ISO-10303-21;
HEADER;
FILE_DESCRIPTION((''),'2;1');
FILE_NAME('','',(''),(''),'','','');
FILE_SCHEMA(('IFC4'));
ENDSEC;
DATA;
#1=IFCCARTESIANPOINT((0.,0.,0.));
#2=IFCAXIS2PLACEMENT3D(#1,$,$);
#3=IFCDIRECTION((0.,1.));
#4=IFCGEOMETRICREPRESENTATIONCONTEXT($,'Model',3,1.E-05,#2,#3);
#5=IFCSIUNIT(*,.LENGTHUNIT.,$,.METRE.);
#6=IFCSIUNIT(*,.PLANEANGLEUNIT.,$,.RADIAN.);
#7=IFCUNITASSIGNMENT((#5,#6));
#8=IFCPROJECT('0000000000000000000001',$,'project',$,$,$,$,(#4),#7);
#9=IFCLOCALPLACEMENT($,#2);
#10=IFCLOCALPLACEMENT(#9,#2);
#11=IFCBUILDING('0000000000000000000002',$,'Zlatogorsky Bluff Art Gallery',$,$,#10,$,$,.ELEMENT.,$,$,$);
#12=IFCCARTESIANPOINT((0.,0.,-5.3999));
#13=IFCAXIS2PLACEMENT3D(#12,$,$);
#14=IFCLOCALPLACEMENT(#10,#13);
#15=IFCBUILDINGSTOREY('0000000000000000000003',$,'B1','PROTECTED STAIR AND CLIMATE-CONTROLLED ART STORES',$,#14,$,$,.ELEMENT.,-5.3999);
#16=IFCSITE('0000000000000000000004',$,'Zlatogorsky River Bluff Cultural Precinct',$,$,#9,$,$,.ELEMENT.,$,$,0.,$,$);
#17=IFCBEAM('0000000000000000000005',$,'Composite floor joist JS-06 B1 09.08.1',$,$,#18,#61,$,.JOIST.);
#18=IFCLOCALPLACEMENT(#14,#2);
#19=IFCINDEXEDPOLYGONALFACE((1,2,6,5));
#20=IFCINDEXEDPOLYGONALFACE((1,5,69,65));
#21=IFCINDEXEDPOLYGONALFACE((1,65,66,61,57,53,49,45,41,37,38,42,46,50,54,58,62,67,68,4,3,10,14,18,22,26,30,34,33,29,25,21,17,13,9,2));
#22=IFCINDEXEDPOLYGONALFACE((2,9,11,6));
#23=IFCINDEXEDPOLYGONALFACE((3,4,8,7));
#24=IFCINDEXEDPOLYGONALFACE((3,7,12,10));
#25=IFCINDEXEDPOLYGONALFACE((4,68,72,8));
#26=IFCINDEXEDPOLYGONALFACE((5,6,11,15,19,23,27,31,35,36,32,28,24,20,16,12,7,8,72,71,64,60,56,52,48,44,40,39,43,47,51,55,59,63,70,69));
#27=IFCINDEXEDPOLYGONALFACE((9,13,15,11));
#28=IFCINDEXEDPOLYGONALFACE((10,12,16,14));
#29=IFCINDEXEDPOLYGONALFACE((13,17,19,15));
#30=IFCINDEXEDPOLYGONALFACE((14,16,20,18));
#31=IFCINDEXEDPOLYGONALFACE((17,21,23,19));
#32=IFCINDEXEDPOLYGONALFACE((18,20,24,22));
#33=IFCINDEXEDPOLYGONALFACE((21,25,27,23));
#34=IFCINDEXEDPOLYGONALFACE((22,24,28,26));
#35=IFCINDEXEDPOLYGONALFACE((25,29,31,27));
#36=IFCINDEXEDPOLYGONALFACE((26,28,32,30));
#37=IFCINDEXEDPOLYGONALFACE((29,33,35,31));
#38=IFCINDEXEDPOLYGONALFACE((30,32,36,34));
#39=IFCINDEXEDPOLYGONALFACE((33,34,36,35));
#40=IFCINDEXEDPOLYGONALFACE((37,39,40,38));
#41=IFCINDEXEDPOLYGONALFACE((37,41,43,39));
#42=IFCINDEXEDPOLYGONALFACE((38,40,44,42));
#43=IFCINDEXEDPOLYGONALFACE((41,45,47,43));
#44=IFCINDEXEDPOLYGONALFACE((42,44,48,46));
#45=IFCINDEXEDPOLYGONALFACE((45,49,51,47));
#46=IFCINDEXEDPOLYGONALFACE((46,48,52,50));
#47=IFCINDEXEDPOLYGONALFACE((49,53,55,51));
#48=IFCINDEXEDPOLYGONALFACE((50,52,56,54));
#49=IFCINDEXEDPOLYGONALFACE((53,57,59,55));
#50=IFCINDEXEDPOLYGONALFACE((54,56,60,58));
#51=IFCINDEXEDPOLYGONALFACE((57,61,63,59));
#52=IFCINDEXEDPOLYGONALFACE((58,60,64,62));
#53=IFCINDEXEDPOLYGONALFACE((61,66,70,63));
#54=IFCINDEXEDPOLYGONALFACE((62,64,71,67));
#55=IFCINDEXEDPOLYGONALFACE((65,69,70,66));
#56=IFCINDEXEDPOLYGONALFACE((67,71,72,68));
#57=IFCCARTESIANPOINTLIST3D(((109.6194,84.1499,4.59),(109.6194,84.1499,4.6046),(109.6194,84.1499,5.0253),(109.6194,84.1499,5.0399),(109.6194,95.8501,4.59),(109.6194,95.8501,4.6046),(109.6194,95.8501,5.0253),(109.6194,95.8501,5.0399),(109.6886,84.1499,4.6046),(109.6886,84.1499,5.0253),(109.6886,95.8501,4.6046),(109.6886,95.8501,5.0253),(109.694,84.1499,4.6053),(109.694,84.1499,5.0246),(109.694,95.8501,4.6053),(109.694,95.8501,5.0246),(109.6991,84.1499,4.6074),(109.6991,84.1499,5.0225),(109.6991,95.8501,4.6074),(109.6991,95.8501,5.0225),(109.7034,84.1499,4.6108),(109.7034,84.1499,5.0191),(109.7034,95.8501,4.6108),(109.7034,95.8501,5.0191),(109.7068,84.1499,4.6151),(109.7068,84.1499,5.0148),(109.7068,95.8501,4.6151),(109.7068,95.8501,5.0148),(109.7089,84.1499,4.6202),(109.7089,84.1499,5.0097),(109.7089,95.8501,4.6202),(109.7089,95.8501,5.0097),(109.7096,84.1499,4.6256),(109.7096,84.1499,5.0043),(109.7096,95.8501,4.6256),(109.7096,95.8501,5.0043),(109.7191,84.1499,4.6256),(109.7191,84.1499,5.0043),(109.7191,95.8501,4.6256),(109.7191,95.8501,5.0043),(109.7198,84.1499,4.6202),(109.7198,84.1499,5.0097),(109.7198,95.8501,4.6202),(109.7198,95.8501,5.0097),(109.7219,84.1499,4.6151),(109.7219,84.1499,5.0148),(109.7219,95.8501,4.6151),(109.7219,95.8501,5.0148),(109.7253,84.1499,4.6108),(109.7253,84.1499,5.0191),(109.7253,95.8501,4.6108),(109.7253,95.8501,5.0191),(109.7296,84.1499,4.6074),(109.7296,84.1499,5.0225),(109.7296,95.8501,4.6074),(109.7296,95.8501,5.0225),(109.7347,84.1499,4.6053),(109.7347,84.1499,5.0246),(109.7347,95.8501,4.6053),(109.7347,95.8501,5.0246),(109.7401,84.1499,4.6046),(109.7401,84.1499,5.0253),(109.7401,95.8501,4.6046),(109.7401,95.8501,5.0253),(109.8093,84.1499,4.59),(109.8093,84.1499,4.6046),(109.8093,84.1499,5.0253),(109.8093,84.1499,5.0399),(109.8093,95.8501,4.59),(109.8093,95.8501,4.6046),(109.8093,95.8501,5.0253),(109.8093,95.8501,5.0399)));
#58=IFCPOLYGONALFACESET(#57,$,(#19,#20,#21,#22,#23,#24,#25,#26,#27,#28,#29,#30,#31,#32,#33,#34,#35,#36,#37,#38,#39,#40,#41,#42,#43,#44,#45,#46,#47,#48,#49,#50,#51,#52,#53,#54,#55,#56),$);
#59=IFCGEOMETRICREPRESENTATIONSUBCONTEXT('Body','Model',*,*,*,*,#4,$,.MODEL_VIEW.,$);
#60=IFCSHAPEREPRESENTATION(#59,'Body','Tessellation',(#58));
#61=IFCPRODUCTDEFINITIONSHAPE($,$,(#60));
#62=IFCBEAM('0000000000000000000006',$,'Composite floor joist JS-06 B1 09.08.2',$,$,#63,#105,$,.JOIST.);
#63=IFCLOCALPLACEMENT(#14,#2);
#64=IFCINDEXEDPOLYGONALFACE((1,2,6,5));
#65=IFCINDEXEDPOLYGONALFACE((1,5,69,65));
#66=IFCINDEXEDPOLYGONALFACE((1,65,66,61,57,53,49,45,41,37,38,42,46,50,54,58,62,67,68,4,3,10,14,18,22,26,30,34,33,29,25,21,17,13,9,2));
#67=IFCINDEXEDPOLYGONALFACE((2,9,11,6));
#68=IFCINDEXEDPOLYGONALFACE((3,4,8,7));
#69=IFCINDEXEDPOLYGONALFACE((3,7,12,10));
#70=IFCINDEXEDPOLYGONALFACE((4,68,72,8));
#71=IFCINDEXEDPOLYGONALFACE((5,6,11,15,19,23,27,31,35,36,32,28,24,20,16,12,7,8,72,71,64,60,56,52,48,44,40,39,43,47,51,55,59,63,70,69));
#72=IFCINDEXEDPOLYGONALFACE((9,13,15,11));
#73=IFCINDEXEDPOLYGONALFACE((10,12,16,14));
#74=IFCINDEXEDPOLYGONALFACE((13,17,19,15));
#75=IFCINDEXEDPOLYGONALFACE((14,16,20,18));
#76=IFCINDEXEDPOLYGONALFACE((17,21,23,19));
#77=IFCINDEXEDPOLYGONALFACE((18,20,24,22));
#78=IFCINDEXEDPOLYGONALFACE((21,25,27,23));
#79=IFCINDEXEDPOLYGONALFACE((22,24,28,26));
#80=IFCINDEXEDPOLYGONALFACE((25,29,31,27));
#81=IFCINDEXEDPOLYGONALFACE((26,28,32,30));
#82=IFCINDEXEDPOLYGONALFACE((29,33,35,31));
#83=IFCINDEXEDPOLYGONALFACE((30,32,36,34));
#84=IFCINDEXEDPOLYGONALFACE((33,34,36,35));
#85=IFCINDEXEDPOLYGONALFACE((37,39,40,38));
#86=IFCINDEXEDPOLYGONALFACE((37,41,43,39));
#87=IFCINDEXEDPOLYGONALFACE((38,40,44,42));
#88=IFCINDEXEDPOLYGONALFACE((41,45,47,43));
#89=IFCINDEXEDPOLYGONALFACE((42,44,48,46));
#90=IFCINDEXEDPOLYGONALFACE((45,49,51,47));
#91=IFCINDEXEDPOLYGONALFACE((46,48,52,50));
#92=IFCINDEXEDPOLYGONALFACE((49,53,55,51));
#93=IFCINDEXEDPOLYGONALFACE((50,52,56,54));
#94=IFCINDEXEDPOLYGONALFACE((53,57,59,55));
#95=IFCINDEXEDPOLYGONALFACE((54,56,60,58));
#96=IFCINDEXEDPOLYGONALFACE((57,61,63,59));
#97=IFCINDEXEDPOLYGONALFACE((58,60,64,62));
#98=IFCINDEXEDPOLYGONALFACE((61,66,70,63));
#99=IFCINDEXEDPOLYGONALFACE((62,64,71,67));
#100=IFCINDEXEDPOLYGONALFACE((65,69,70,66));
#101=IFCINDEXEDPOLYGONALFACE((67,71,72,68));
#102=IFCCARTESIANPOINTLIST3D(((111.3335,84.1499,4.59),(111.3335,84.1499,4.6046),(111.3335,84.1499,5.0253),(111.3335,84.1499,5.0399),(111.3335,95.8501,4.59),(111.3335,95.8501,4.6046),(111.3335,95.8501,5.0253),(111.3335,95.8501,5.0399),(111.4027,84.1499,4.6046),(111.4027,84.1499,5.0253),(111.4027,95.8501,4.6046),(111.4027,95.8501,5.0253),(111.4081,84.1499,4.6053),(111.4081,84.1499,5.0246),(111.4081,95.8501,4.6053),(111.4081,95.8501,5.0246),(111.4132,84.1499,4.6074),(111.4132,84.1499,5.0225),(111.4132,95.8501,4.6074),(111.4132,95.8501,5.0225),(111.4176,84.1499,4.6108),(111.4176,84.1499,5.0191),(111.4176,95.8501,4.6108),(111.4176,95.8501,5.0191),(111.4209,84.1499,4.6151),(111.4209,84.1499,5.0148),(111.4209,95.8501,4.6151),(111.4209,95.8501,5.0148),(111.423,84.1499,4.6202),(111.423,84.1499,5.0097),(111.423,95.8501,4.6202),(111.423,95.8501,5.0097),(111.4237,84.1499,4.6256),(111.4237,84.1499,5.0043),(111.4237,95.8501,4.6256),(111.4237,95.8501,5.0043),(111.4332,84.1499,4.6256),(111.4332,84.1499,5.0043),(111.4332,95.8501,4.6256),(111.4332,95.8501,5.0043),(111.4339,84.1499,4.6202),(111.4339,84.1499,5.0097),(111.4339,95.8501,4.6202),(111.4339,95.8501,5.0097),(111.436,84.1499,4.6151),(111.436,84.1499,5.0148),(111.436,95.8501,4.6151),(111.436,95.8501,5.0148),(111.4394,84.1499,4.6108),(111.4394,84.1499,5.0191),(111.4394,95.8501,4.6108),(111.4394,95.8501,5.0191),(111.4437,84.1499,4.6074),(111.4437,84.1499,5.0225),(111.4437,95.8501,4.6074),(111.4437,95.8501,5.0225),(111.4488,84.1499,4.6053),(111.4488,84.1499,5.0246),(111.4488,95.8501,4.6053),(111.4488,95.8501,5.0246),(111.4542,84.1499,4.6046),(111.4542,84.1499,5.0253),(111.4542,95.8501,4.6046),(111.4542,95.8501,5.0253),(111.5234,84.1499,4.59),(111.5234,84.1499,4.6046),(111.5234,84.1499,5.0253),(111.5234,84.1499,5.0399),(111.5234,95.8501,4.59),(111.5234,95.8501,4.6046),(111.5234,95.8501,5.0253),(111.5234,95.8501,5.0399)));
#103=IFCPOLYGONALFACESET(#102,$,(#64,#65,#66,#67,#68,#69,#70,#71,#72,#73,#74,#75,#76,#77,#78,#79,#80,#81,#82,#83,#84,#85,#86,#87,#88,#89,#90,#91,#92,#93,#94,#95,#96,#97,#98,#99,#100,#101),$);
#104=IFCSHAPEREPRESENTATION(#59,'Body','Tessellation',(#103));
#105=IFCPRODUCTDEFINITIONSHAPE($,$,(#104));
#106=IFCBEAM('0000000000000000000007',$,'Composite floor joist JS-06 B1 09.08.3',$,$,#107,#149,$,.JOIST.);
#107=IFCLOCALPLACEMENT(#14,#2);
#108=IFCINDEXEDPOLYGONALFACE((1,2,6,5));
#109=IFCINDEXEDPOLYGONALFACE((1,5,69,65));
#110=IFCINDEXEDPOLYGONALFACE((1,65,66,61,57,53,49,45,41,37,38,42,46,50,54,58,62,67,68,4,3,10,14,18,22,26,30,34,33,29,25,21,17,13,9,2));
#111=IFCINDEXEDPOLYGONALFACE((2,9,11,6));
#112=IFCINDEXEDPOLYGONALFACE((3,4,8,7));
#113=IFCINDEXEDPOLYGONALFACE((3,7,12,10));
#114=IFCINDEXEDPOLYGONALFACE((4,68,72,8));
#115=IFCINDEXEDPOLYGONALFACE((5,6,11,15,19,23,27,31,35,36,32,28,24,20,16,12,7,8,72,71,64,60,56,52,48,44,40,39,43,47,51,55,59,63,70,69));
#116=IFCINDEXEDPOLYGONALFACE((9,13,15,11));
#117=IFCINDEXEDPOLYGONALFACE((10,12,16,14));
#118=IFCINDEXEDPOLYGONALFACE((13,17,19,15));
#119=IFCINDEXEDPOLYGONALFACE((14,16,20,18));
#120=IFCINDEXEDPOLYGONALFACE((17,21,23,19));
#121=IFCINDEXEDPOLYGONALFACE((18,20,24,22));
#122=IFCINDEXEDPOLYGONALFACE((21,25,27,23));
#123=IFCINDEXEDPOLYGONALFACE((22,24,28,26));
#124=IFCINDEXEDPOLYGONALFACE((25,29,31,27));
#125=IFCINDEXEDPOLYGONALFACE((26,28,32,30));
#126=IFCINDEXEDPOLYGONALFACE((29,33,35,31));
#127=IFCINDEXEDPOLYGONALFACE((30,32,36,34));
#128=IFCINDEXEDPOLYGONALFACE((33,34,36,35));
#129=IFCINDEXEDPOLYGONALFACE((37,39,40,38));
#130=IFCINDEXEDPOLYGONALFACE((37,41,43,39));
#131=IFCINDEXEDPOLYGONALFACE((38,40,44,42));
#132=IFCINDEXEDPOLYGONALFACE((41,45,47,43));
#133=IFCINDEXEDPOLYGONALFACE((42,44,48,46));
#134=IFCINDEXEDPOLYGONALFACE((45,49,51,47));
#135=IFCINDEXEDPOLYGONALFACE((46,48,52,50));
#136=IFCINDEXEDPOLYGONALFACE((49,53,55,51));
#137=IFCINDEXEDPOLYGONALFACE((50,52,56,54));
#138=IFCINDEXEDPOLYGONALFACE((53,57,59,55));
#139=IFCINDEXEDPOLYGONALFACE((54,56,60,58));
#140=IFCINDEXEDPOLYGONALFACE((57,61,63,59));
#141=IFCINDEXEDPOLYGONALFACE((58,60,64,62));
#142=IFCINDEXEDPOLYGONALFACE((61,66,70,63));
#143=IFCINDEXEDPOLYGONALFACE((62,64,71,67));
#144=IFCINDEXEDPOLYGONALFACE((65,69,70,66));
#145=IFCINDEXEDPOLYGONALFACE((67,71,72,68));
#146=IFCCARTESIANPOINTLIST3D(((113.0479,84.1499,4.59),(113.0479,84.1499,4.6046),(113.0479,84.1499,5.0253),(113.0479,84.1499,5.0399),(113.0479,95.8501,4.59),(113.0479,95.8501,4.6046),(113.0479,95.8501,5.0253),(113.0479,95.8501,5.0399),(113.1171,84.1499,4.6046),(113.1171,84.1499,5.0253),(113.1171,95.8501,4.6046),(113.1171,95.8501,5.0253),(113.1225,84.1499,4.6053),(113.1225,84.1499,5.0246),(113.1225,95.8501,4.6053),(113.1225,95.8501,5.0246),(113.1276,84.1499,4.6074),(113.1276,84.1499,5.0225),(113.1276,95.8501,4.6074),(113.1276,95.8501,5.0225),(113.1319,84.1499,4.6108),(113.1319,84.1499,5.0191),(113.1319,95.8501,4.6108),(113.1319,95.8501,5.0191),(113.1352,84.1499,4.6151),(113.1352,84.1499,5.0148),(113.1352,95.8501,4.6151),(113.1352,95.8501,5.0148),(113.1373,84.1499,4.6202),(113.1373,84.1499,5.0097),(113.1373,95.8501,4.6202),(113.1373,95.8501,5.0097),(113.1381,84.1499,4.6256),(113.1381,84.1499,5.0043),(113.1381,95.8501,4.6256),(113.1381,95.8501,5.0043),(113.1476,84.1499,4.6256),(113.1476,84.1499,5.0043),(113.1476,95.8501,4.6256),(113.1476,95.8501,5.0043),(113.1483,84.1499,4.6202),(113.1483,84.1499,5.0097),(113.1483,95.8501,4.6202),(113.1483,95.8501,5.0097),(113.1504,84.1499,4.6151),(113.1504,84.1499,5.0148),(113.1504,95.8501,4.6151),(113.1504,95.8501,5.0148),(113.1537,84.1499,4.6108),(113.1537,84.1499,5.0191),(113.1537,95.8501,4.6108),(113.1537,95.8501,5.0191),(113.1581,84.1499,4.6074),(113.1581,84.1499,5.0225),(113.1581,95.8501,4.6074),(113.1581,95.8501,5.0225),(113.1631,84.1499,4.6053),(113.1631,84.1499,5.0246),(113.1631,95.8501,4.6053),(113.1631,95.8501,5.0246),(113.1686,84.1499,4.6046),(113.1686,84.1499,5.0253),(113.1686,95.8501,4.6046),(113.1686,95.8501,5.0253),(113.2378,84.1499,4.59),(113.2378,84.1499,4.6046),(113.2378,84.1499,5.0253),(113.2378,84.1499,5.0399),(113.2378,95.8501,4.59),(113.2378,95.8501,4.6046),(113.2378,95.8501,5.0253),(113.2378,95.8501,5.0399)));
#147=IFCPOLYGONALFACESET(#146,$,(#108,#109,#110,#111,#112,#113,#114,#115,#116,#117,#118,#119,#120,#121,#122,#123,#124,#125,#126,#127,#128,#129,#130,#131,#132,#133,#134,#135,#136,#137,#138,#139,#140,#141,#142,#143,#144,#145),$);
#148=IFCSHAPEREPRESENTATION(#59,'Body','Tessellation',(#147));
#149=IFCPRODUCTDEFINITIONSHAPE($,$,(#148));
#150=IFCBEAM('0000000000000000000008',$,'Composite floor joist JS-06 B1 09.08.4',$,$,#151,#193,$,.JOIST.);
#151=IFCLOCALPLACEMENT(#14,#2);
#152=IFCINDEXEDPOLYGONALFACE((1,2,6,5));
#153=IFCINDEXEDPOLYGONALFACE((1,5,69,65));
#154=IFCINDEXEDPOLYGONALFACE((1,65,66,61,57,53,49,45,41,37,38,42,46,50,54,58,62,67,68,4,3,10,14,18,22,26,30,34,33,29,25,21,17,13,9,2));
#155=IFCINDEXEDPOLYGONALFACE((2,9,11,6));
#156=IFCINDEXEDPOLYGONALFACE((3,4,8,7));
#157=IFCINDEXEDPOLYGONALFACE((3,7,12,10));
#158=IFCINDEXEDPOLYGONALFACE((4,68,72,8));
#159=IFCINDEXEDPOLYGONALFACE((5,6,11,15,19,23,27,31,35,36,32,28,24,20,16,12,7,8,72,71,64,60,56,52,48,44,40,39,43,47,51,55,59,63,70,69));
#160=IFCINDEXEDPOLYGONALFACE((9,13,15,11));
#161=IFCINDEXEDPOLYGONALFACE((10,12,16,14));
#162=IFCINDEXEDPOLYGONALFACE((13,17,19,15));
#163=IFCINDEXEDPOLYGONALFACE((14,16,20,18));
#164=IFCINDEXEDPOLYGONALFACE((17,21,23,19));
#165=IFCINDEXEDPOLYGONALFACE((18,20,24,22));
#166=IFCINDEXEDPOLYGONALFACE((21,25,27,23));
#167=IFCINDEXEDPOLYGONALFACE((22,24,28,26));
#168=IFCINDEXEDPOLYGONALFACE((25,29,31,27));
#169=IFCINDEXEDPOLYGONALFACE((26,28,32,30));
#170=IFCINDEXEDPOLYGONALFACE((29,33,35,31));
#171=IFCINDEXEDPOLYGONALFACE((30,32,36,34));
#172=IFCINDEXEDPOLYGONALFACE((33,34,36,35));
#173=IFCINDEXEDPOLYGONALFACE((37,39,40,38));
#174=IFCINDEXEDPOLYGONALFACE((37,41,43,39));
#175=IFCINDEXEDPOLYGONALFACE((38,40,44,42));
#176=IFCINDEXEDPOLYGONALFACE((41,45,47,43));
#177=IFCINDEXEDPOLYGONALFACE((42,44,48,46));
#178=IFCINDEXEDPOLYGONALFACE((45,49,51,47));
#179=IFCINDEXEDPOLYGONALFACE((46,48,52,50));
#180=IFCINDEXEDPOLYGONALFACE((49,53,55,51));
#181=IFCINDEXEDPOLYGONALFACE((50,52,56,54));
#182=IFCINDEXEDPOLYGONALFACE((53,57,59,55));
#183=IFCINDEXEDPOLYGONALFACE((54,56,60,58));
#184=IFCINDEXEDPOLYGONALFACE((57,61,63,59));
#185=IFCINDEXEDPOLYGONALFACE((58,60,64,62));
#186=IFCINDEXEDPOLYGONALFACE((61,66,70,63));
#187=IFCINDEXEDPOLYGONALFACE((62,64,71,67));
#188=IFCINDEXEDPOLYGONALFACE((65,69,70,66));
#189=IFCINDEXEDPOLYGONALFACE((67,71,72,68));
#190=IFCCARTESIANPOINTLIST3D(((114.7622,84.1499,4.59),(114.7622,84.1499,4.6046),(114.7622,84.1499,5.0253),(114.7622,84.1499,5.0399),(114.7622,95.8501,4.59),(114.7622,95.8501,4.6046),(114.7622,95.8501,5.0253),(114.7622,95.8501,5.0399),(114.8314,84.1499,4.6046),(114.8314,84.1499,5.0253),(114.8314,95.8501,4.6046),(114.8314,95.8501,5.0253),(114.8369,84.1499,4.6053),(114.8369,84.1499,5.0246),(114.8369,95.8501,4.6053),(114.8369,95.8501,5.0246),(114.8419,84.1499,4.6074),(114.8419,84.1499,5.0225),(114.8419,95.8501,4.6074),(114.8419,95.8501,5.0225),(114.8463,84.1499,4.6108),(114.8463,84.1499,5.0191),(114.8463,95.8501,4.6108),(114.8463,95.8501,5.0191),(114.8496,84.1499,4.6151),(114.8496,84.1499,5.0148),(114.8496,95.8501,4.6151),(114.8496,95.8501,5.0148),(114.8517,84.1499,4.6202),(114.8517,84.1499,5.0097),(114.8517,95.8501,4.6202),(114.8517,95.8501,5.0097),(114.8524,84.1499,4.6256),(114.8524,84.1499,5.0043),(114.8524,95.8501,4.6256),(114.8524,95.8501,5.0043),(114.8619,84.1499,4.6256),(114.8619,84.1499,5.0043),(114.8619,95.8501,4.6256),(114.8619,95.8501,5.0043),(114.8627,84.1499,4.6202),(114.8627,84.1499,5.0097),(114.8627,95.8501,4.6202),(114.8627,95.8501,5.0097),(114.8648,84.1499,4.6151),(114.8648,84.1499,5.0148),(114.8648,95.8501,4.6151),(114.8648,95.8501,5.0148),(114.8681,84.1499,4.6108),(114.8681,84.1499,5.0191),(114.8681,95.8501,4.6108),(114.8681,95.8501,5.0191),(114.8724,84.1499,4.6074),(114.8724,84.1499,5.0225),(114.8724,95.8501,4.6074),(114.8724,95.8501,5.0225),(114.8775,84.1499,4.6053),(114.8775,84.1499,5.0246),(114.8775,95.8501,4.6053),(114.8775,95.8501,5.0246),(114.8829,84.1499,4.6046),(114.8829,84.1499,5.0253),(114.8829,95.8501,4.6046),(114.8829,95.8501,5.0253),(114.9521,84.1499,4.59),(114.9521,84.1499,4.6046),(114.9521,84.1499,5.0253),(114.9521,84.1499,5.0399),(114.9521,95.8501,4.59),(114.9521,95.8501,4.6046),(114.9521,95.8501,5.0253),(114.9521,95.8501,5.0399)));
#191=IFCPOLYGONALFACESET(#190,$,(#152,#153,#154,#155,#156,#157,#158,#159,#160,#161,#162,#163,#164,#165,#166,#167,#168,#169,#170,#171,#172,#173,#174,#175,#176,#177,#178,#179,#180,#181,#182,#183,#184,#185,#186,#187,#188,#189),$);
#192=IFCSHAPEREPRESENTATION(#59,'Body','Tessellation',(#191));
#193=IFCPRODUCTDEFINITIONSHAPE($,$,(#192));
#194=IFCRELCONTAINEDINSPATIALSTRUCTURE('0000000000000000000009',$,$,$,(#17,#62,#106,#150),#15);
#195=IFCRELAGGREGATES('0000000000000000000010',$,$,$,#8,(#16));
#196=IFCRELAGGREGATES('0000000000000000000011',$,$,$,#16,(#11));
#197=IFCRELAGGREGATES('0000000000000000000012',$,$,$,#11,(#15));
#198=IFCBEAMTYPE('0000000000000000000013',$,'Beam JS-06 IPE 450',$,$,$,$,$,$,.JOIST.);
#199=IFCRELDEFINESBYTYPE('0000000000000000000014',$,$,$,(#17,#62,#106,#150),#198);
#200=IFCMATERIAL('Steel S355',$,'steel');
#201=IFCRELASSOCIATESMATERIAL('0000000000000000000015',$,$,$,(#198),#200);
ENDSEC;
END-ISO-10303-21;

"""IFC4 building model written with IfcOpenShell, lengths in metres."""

from ifc_helpers import new_model, si_unit, direction, frame, origin, origin_2d, place, context, subcontext, project, spatial, i_section, extrude, material, material_profile, profile_set, type_object, element, save


model = new_model("IFC4")

# Units and contexts
model_context = context("Model", 3, precision=1e-05, world=origin(), true_north=direction((0.0, 1.0)))
body_context = subcontext(model_context, "Body", "Model", "MODEL_VIEW")
ifc_project = project(units=[si_unit("LENGTHUNIT", "METRE"), si_unit("PLANEANGLEUNIT", "RADIAN")], contexts=[model_context])

# Site, building, storey
site_placement = place(None, origin())
site = spatial("IfcSite", under=ifc_project, at=site_placement, Name="Zlatogorsky River Bluff Cultural Precinct", CompositionType="ELEMENT", RefElevation=0.0)
building_placement = place(site_placement, origin())
building = spatial("IfcBuilding", under=site, at=building_placement, Name="Zlatogorsky Bluff Art Gallery", CompositionType="ELEMENT")
storey_placement = place(building_placement, frame((0.0, 0.0, -5.3999)))
storey = spatial("IfcBuildingStorey", under=building, at=storey_placement, Name="B1", Description="PROTECTED STAIR AND CLIMATE-CONTROLLED ART STORES", CompositionType="ELEMENT", Elevation=-5.3999)

# Shared definitions
ifc_material_1 = material(Name="Steel S355", Category="steel")

# Beams
ifc_material_profile_1 = material_profile(ifc_material_1, i_section(OverallWidth=0.1899, OverallDepth=0.45, WebThickness=0.0095, FlangeThickness=0.0146, FilletRadius=0.021, at=origin_2d()), Name="IPE 450")
ifc_profile_set_1 = profile_set([ifc_material_profile_1], Name="Steel S355")
beam_type_1 = type_object("IfcBeamType", Name="Beam JS-06 IPE 450", PredefinedType="JOIST", material=ifc_profile_set_1)
for number, where, z_axis, x_axis, name in (
    (1, (109.7144, 84.1499, 4.8149), (0.0, 1.0, 0.0), (-1.0, 0.0, 0.0), "Composite floor joist JS-06 B1 09.08.1"),
    (2, (111.4285, 84.1499, 4.8149), (0.0, 1.0, 0.0), (-1.0, 0.0, 0.0), "Composite floor joist JS-06 B1 09.08.2"),
    (3, (113.1428, 84.1499, 4.8149), (0.0, 1.0, 0.0), (-1.0, 0.0, 0.0), "Composite floor joist JS-06 B1 09.08.3"),
    (4, (114.8572, 84.1499, 4.8149), (0.0, 1.0, 0.0), (-1.0, 0.0, 0.0), "Composite floor joist JS-06 B1 09.08.4"),
):
    element("IfcBeam", number, at=place(storey_placement, frame(where, z_axis=z_axis, x_axis=x_axis)), inside=storey, type_object=beam_type_1, Name=name, PredefinedType="JOIST", context=body_context, shape_type="SweptSolid", body=[
        extrude(i_section(OverallWidth=0.1899, OverallDepth=0.45, WebThickness=0.0095, FlangeThickness=0.0146, FilletRadius=0.021, at=origin_2d()), origin(), (0.0, 0.0, 1.0), 11.7002),
    ])

save(model, "model.ifc")
